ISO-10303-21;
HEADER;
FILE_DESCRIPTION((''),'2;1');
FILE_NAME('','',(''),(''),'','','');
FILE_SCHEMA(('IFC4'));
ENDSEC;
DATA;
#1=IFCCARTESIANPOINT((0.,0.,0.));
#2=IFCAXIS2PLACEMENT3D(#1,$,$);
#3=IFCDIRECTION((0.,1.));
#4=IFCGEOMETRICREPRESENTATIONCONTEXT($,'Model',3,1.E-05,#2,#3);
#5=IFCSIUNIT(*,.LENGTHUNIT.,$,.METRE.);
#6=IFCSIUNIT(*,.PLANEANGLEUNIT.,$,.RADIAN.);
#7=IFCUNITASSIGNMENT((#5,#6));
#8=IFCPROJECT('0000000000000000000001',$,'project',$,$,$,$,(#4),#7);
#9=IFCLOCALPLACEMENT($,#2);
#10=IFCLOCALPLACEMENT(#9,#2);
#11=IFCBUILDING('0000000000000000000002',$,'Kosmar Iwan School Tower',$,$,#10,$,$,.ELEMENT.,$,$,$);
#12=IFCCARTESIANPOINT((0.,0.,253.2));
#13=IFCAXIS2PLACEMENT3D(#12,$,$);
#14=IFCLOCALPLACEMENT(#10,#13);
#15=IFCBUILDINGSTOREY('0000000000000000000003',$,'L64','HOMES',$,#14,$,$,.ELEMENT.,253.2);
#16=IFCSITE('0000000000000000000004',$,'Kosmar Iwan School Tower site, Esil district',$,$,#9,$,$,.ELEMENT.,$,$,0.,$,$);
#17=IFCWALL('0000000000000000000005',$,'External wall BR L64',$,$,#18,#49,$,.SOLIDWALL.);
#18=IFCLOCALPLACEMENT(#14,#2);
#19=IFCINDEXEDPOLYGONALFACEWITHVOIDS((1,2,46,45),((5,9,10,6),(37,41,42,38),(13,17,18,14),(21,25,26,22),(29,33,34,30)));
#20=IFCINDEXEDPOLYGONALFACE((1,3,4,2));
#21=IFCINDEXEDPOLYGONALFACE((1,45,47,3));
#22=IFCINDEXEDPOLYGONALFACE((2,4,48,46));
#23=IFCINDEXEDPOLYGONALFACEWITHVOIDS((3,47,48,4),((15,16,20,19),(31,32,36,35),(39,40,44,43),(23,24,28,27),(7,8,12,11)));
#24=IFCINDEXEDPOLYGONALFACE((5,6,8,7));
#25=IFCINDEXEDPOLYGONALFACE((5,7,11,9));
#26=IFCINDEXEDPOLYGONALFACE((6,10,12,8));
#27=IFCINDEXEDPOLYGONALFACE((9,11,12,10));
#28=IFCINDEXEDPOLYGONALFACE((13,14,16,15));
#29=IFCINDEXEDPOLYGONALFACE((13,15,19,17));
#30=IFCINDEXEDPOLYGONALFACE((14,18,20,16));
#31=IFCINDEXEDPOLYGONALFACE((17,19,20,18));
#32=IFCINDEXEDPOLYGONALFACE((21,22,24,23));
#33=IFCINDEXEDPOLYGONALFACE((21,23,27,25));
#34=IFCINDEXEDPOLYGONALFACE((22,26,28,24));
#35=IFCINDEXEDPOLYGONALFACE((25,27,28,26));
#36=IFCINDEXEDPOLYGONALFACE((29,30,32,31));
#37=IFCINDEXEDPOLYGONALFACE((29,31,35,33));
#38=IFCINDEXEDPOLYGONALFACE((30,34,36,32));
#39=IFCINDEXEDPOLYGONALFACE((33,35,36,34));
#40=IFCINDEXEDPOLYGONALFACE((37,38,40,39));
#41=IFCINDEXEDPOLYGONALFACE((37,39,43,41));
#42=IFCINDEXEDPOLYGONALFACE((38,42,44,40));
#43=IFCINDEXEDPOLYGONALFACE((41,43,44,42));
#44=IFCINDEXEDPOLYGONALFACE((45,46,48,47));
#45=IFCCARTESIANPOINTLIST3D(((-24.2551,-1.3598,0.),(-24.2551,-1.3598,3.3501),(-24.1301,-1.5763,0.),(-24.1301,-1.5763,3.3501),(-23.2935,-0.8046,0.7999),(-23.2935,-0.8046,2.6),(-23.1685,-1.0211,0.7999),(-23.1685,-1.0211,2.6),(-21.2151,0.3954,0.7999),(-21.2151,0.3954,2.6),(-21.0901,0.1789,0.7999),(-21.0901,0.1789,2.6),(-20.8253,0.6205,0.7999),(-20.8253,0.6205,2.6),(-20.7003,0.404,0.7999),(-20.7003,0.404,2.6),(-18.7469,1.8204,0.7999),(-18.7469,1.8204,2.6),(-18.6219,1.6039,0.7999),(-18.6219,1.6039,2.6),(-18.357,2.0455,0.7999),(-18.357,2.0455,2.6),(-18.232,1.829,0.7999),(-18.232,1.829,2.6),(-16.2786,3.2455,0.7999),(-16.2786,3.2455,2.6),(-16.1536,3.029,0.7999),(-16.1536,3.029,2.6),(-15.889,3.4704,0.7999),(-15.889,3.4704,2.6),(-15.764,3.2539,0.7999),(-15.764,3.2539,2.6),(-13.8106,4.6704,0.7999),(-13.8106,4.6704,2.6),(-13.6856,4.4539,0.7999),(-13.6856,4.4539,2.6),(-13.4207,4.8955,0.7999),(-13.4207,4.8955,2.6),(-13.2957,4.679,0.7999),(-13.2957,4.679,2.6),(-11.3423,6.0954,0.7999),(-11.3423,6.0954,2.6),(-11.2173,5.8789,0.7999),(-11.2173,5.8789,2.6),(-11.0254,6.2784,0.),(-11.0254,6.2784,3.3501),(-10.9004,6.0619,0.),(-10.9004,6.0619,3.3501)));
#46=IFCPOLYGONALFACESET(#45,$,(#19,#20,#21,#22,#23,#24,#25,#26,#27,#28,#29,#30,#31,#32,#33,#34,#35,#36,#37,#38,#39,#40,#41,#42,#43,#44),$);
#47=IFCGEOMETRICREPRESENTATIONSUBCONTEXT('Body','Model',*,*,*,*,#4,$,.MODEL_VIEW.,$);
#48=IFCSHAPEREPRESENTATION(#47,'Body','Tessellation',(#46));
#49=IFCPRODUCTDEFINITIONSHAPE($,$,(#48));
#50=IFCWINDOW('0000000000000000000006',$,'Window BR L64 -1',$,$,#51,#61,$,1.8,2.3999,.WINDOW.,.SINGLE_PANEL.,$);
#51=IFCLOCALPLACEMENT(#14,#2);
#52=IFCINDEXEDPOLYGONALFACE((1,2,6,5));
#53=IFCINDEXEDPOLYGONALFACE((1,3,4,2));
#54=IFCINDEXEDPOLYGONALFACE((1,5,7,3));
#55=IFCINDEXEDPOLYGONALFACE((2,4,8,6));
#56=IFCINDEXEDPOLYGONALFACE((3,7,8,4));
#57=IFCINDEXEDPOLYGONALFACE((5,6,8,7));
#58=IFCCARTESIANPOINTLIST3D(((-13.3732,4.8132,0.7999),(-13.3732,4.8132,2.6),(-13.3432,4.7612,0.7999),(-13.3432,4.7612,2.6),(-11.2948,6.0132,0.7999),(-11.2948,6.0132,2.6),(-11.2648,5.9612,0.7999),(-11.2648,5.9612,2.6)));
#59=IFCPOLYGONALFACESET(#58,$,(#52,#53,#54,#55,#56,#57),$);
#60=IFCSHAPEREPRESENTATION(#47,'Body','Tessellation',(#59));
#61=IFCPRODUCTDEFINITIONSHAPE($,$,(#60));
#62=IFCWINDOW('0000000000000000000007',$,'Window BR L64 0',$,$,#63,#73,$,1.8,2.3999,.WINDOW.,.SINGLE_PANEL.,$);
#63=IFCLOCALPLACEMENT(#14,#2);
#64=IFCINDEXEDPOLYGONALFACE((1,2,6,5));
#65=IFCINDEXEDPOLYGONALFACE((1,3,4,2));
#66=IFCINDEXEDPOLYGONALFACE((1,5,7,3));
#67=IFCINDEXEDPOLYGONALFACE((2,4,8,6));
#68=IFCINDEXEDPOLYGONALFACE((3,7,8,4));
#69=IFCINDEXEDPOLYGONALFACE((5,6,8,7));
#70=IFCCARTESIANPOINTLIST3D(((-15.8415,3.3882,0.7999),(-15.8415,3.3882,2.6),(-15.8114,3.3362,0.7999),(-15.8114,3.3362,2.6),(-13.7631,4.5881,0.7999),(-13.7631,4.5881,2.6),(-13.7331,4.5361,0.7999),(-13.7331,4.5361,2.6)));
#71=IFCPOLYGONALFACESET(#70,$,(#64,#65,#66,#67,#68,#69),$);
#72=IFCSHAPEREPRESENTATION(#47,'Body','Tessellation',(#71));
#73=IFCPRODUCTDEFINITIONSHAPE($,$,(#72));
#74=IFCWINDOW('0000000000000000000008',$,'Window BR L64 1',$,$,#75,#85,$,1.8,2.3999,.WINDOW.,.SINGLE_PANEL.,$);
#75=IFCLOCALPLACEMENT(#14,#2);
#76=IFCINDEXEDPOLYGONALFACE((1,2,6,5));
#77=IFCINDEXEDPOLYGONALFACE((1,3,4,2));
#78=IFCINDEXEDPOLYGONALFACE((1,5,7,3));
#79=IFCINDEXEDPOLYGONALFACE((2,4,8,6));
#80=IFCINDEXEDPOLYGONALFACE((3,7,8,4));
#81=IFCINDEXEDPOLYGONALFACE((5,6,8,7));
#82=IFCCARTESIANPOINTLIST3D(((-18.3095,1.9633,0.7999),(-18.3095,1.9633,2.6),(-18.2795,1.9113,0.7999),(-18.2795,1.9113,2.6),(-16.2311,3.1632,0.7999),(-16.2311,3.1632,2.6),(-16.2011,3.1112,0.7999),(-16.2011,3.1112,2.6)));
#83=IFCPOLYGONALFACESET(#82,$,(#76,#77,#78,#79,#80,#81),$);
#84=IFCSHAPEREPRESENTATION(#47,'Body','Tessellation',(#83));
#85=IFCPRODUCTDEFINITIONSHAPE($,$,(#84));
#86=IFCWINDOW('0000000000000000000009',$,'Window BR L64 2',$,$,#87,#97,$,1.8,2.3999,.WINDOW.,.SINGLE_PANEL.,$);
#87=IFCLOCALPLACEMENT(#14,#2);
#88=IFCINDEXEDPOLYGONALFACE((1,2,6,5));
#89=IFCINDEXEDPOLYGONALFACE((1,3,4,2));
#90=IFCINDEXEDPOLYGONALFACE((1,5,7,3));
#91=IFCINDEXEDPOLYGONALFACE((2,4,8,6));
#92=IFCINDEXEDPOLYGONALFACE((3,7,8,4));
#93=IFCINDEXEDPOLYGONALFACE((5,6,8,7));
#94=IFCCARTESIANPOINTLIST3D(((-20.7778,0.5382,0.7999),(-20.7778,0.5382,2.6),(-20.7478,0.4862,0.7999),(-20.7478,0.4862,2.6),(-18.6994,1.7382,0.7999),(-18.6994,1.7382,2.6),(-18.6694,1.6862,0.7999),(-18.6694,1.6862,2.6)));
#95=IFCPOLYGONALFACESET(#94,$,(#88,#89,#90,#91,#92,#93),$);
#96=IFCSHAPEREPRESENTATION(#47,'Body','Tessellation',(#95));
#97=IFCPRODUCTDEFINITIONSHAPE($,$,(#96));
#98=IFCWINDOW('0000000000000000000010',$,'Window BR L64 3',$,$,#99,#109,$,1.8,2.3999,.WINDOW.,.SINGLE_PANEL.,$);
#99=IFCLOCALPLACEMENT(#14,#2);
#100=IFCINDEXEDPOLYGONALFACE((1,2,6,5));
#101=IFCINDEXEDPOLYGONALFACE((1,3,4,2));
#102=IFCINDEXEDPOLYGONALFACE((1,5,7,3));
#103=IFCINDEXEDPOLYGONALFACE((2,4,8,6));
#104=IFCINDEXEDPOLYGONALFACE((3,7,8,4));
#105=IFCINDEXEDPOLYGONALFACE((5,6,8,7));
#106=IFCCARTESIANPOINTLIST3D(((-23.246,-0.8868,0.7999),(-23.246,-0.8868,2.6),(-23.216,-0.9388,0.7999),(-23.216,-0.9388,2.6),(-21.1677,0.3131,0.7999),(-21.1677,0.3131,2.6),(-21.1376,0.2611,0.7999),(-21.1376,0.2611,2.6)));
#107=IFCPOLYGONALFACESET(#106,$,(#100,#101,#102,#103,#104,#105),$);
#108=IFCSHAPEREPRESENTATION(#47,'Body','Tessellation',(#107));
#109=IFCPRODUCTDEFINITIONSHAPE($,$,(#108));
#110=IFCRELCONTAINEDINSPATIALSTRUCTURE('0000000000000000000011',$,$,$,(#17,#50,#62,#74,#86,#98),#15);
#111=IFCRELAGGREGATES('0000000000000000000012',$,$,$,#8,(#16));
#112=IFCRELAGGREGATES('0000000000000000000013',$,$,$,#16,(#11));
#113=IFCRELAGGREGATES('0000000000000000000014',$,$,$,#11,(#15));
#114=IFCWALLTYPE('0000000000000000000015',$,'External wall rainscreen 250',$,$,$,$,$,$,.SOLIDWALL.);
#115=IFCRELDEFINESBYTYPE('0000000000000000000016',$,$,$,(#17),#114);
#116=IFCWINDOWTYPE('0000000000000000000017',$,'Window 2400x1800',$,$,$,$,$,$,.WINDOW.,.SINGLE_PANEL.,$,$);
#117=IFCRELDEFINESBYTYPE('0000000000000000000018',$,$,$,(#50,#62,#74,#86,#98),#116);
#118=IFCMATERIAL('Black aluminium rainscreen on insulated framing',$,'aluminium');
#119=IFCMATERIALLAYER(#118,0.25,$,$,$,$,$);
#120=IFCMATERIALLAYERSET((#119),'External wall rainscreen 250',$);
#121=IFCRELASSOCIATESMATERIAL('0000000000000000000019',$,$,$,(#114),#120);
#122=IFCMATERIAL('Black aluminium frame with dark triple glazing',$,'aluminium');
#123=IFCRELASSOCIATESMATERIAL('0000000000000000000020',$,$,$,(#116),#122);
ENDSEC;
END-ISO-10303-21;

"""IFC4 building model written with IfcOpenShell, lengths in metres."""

from ifc_helpers import new_model, si_unit, direction, frame, frame_2d, origin, place, context, subcontext, project, spatial, rectangle, extrude, material, layer, layer_set, type_object, element, fill, save


model = new_model("IFC4")

# Units and contexts
model_context = context("Model", 3, precision=1e-05, world=origin(), true_north=direction((0.0, 1.0)))
body_context = subcontext(model_context, "Body", "Model", "MODEL_VIEW")
ifc_project = project(units=[si_unit("LENGTHUNIT", "METRE"), si_unit("PLANEANGLEUNIT", "RADIAN")], contexts=[model_context])

# Site, building, storey
site_placement = place(None, origin())
site = spatial("IfcSite", under=ifc_project, at=site_placement, Name="Kosmar Iwan School Tower site, Esil district", CompositionType="ELEMENT", RefElevation=0.0)
building_placement = place(site_placement, origin())
building = spatial("IfcBuilding", under=site, at=building_placement, Name="Kosmar Iwan School Tower", CompositionType="ELEMENT")
storey_placement = place(building_placement, frame((0.0, 0.0, 253.2)))
storey = spatial("IfcBuildingStorey", under=building, at=storey_placement, Name="L64", Description="HOMES", CompositionType="ELEMENT", Elevation=253.2)

# Wall, openings, windows
ifc_material_1 = material(Name="Black aluminium rainscreen on insulated framing", Category="aluminium")
ifc_layer_1 = layer(ifc_material_1, 0.25)
ifc_layer_set_1 = layer_set([ifc_layer_1], Name="External wall rainscreen 250")
wall_type_1 = type_object("IfcWallType", Name="External wall rainscreen 250", PredefinedType="SOLIDWALL", material=ifc_layer_set_1)
ifc_material_2 = material(Name="Black aluminium frame with dark triple glazing", Category="aluminium")
window_type = type_object("IfcWindowType", Name="Window 2400x1800", PartitioningType="SINGLE_PANEL", PredefinedType="WINDOW", material=ifc_material_2)
wall_1_placement = place(storey_placement, frame((-10.9629, 6.1702, 0.0), z_axis=(0.0, 0.0, 1.0), x_axis=(-0.866026, -0.5, 0.0)))
wall_1 = element("IfcWall", 1, at=wall_1_placement, inside=storey, type_object=wall_type_1, Name="External wall BR L64", PredefinedType="SOLIDWALL", context=body_context, shape_type="SweptSolid", body=[
    extrude(rectangle(XDim=15.2764, YDim=0.25, at=frame_2d((7.6382, 0.0))), origin(), (0.0, 0.0, 1.0), 3.3501),
])
opening_1_placement = place(wall_1_placement, frame((0.366, 0.0, 0.8)))
opening_1 = element("IfcOpeningElement", 2, at=opening_1_placement, cuts=wall_1, PredefinedType="OPENING", context=body_context, shape_type="SweptSolid", body=[
    extrude(rectangle(XDim=2.3999, YDim=1.8, at=frame_2d((1.2, 0.8999))), frame((0.0, 0.137, 0.0), z_axis=(0.0, -1.0, 0.0), x_axis=(1.0, 0.0, 0.0)), (0.0, 0.0, 1.0), 0.2739),
])
opening_2_placement = place(wall_1_placement, frame((3.2161, 0.0, 0.8)))
opening_2 = element("IfcOpeningElement", 3, at=opening_2_placement, cuts=wall_1, PredefinedType="OPENING", context=body_context, shape_type="SweptSolid", body=[
    extrude(rectangle(XDim=2.3999, YDim=1.8, at=frame_2d((1.2, 0.8999))), frame((0.0, 0.137, 0.0), z_axis=(0.0, -1.0, 0.0), x_axis=(1.0, 0.0, 0.0)), (0.0, 0.0, 1.0), 0.2739),
])
opening_3_placement = place(wall_1_placement, frame((6.0659, 0.0, 0.8)))
opening_3 = element("IfcOpeningElement", 4, at=opening_3_placement, cuts=wall_1, PredefinedType="OPENING", context=body_context, shape_type="SweptSolid", body=[
    extrude(rectangle(XDim=2.3999, YDim=1.8, at=frame_2d((1.2, 0.8999))), frame((0.0, 0.137, 0.0), z_axis=(0.0, -1.0, 0.0), x_axis=(1.0, 0.0, 0.0)), (0.0, 0.0, 1.0), 0.2739),
])
opening_4_placement = place(wall_1_placement, frame((8.916, 0.0, 0.8)))
opening_4 = element("IfcOpeningElement", 5, at=opening_4_placement, cuts=wall_1, PredefinedType="OPENING", context=body_context, shape_type="SweptSolid", body=[
    extrude(rectangle(XDim=2.3999, YDim=1.8, at=frame_2d((1.2, 0.8999))), frame((0.0, 0.137, 0.0), z_axis=(0.0, -1.0, 0.0), x_axis=(1.0, 0.0, 0.0)), (0.0, 0.0, 1.0), 0.2739),
])
opening_5_placement = place(wall_1_placement, frame((11.7661, 0.0, 0.8)))
opening_5 = element("IfcOpeningElement", 6, at=opening_5_placement, cuts=wall_1, PredefinedType="OPENING", context=body_context, shape_type="SweptSolid", body=[
    extrude(rectangle(XDim=2.3999, YDim=1.8, at=frame_2d((1.2, 0.8999))), frame((0.0, 0.137, 0.0), z_axis=(0.0, -1.0, 0.0), x_axis=(1.0, 0.0, 0.0)), (0.0, 0.0, 1.0), 0.2739),
])
window_1_placement = place(opening_1_placement, origin())
window_1 = element("IfcWindow", 7, at=window_1_placement, inside=storey, type_object=window_type, Name="Window BR L64 -1", OverallHeight=1.8, OverallWidth=2.3999, PartitioningType="SINGLE_PANEL", PredefinedType="WINDOW", context=body_context, shape_type="SweptSolid", body=[
    extrude(rectangle(XDim=2.3999, YDim=1.8, at=frame_2d((1.2, 0.8999))), frame((0.0, 0.03, 0.0), z_axis=(0.0, -1.0, 0.0), x_axis=(1.0, 0.0, 0.0)), (0.0, 0.0, 1.0), 0.0601),
])
fill(opening_1, window_1)
window_2_placement = place(opening_2_placement, origin())
window_2 = element("IfcWindow", 8, at=window_2_placement, inside=storey, type_object=window_type, Name="Window BR L64 0", OverallHeight=1.8, OverallWidth=2.3999, PartitioningType="SINGLE_PANEL", PredefinedType="WINDOW", context=body_context, shape_type="SweptSolid", body=[
    extrude(rectangle(XDim=2.3999, YDim=1.8, at=frame_2d((1.2, 0.8999))), frame((0.0, 0.03, 0.0), z_axis=(0.0, -1.0, 0.0), x_axis=(1.0, 0.0, 0.0)), (0.0, 0.0, 1.0), 0.0601),
])
fill(opening_2, window_2)
window_3_placement = place(opening_3_placement, origin())
window_3 = element("IfcWindow", 9, at=window_3_placement, inside=storey, type_object=window_type, Name="Window BR L64 1", OverallHeight=1.8, OverallWidth=2.3999, PartitioningType="SINGLE_PANEL", PredefinedType="WINDOW", context=body_context, shape_type="SweptSolid", body=[
    extrude(rectangle(XDim=2.3999, YDim=1.8, at=frame_2d((1.2, 0.8999))), frame((0.0, 0.03, 0.0), z_axis=(0.0, -1.0, 0.0), x_axis=(1.0, 0.0, 0.0)), (0.0, 0.0, 1.0), 0.0601),
])
fill(opening_3, window_3)
window_4_placement = place(opening_4_placement, origin())
window_4 = element("IfcWindow", 10, at=window_4_placement, inside=storey, type_object=window_type, Name="Window BR L64 2", OverallHeight=1.8, OverallWidth=2.3999, PartitioningType="SINGLE_PANEL", PredefinedType="WINDOW", context=body_context, shape_type="SweptSolid", body=[
    extrude(rectangle(XDim=2.3999, YDim=1.8, at=frame_2d((1.2, 0.8999))), frame((0.0, 0.03, 0.0), z_axis=(0.0, -1.0, 0.0), x_axis=(1.0, 0.0, 0.0)), (0.0, 0.0, 1.0), 0.0601),
])
fill(opening_4, window_4)
window_5_placement = place(opening_5_placement, origin())
window_5 = element("IfcWindow", 11, at=window_5_placement, inside=storey, type_object=window_type, Name="Window BR L64 3", OverallHeight=1.8, OverallWidth=2.3999, PartitioningType="SINGLE_PANEL", PredefinedType="WINDOW", context=body_context, shape_type="SweptSolid", body=[
    extrude(rectangle(XDim=2.3999, YDim=1.8, at=frame_2d((1.2, 0.8999))), frame((0.0, 0.03, 0.0), z_axis=(0.0, -1.0, 0.0), x_axis=(1.0, 0.0, 0.0)), (0.0, 0.0, 1.0), 0.0601),
])
fill(opening_5, window_5)

save(model, "model.ifc")
